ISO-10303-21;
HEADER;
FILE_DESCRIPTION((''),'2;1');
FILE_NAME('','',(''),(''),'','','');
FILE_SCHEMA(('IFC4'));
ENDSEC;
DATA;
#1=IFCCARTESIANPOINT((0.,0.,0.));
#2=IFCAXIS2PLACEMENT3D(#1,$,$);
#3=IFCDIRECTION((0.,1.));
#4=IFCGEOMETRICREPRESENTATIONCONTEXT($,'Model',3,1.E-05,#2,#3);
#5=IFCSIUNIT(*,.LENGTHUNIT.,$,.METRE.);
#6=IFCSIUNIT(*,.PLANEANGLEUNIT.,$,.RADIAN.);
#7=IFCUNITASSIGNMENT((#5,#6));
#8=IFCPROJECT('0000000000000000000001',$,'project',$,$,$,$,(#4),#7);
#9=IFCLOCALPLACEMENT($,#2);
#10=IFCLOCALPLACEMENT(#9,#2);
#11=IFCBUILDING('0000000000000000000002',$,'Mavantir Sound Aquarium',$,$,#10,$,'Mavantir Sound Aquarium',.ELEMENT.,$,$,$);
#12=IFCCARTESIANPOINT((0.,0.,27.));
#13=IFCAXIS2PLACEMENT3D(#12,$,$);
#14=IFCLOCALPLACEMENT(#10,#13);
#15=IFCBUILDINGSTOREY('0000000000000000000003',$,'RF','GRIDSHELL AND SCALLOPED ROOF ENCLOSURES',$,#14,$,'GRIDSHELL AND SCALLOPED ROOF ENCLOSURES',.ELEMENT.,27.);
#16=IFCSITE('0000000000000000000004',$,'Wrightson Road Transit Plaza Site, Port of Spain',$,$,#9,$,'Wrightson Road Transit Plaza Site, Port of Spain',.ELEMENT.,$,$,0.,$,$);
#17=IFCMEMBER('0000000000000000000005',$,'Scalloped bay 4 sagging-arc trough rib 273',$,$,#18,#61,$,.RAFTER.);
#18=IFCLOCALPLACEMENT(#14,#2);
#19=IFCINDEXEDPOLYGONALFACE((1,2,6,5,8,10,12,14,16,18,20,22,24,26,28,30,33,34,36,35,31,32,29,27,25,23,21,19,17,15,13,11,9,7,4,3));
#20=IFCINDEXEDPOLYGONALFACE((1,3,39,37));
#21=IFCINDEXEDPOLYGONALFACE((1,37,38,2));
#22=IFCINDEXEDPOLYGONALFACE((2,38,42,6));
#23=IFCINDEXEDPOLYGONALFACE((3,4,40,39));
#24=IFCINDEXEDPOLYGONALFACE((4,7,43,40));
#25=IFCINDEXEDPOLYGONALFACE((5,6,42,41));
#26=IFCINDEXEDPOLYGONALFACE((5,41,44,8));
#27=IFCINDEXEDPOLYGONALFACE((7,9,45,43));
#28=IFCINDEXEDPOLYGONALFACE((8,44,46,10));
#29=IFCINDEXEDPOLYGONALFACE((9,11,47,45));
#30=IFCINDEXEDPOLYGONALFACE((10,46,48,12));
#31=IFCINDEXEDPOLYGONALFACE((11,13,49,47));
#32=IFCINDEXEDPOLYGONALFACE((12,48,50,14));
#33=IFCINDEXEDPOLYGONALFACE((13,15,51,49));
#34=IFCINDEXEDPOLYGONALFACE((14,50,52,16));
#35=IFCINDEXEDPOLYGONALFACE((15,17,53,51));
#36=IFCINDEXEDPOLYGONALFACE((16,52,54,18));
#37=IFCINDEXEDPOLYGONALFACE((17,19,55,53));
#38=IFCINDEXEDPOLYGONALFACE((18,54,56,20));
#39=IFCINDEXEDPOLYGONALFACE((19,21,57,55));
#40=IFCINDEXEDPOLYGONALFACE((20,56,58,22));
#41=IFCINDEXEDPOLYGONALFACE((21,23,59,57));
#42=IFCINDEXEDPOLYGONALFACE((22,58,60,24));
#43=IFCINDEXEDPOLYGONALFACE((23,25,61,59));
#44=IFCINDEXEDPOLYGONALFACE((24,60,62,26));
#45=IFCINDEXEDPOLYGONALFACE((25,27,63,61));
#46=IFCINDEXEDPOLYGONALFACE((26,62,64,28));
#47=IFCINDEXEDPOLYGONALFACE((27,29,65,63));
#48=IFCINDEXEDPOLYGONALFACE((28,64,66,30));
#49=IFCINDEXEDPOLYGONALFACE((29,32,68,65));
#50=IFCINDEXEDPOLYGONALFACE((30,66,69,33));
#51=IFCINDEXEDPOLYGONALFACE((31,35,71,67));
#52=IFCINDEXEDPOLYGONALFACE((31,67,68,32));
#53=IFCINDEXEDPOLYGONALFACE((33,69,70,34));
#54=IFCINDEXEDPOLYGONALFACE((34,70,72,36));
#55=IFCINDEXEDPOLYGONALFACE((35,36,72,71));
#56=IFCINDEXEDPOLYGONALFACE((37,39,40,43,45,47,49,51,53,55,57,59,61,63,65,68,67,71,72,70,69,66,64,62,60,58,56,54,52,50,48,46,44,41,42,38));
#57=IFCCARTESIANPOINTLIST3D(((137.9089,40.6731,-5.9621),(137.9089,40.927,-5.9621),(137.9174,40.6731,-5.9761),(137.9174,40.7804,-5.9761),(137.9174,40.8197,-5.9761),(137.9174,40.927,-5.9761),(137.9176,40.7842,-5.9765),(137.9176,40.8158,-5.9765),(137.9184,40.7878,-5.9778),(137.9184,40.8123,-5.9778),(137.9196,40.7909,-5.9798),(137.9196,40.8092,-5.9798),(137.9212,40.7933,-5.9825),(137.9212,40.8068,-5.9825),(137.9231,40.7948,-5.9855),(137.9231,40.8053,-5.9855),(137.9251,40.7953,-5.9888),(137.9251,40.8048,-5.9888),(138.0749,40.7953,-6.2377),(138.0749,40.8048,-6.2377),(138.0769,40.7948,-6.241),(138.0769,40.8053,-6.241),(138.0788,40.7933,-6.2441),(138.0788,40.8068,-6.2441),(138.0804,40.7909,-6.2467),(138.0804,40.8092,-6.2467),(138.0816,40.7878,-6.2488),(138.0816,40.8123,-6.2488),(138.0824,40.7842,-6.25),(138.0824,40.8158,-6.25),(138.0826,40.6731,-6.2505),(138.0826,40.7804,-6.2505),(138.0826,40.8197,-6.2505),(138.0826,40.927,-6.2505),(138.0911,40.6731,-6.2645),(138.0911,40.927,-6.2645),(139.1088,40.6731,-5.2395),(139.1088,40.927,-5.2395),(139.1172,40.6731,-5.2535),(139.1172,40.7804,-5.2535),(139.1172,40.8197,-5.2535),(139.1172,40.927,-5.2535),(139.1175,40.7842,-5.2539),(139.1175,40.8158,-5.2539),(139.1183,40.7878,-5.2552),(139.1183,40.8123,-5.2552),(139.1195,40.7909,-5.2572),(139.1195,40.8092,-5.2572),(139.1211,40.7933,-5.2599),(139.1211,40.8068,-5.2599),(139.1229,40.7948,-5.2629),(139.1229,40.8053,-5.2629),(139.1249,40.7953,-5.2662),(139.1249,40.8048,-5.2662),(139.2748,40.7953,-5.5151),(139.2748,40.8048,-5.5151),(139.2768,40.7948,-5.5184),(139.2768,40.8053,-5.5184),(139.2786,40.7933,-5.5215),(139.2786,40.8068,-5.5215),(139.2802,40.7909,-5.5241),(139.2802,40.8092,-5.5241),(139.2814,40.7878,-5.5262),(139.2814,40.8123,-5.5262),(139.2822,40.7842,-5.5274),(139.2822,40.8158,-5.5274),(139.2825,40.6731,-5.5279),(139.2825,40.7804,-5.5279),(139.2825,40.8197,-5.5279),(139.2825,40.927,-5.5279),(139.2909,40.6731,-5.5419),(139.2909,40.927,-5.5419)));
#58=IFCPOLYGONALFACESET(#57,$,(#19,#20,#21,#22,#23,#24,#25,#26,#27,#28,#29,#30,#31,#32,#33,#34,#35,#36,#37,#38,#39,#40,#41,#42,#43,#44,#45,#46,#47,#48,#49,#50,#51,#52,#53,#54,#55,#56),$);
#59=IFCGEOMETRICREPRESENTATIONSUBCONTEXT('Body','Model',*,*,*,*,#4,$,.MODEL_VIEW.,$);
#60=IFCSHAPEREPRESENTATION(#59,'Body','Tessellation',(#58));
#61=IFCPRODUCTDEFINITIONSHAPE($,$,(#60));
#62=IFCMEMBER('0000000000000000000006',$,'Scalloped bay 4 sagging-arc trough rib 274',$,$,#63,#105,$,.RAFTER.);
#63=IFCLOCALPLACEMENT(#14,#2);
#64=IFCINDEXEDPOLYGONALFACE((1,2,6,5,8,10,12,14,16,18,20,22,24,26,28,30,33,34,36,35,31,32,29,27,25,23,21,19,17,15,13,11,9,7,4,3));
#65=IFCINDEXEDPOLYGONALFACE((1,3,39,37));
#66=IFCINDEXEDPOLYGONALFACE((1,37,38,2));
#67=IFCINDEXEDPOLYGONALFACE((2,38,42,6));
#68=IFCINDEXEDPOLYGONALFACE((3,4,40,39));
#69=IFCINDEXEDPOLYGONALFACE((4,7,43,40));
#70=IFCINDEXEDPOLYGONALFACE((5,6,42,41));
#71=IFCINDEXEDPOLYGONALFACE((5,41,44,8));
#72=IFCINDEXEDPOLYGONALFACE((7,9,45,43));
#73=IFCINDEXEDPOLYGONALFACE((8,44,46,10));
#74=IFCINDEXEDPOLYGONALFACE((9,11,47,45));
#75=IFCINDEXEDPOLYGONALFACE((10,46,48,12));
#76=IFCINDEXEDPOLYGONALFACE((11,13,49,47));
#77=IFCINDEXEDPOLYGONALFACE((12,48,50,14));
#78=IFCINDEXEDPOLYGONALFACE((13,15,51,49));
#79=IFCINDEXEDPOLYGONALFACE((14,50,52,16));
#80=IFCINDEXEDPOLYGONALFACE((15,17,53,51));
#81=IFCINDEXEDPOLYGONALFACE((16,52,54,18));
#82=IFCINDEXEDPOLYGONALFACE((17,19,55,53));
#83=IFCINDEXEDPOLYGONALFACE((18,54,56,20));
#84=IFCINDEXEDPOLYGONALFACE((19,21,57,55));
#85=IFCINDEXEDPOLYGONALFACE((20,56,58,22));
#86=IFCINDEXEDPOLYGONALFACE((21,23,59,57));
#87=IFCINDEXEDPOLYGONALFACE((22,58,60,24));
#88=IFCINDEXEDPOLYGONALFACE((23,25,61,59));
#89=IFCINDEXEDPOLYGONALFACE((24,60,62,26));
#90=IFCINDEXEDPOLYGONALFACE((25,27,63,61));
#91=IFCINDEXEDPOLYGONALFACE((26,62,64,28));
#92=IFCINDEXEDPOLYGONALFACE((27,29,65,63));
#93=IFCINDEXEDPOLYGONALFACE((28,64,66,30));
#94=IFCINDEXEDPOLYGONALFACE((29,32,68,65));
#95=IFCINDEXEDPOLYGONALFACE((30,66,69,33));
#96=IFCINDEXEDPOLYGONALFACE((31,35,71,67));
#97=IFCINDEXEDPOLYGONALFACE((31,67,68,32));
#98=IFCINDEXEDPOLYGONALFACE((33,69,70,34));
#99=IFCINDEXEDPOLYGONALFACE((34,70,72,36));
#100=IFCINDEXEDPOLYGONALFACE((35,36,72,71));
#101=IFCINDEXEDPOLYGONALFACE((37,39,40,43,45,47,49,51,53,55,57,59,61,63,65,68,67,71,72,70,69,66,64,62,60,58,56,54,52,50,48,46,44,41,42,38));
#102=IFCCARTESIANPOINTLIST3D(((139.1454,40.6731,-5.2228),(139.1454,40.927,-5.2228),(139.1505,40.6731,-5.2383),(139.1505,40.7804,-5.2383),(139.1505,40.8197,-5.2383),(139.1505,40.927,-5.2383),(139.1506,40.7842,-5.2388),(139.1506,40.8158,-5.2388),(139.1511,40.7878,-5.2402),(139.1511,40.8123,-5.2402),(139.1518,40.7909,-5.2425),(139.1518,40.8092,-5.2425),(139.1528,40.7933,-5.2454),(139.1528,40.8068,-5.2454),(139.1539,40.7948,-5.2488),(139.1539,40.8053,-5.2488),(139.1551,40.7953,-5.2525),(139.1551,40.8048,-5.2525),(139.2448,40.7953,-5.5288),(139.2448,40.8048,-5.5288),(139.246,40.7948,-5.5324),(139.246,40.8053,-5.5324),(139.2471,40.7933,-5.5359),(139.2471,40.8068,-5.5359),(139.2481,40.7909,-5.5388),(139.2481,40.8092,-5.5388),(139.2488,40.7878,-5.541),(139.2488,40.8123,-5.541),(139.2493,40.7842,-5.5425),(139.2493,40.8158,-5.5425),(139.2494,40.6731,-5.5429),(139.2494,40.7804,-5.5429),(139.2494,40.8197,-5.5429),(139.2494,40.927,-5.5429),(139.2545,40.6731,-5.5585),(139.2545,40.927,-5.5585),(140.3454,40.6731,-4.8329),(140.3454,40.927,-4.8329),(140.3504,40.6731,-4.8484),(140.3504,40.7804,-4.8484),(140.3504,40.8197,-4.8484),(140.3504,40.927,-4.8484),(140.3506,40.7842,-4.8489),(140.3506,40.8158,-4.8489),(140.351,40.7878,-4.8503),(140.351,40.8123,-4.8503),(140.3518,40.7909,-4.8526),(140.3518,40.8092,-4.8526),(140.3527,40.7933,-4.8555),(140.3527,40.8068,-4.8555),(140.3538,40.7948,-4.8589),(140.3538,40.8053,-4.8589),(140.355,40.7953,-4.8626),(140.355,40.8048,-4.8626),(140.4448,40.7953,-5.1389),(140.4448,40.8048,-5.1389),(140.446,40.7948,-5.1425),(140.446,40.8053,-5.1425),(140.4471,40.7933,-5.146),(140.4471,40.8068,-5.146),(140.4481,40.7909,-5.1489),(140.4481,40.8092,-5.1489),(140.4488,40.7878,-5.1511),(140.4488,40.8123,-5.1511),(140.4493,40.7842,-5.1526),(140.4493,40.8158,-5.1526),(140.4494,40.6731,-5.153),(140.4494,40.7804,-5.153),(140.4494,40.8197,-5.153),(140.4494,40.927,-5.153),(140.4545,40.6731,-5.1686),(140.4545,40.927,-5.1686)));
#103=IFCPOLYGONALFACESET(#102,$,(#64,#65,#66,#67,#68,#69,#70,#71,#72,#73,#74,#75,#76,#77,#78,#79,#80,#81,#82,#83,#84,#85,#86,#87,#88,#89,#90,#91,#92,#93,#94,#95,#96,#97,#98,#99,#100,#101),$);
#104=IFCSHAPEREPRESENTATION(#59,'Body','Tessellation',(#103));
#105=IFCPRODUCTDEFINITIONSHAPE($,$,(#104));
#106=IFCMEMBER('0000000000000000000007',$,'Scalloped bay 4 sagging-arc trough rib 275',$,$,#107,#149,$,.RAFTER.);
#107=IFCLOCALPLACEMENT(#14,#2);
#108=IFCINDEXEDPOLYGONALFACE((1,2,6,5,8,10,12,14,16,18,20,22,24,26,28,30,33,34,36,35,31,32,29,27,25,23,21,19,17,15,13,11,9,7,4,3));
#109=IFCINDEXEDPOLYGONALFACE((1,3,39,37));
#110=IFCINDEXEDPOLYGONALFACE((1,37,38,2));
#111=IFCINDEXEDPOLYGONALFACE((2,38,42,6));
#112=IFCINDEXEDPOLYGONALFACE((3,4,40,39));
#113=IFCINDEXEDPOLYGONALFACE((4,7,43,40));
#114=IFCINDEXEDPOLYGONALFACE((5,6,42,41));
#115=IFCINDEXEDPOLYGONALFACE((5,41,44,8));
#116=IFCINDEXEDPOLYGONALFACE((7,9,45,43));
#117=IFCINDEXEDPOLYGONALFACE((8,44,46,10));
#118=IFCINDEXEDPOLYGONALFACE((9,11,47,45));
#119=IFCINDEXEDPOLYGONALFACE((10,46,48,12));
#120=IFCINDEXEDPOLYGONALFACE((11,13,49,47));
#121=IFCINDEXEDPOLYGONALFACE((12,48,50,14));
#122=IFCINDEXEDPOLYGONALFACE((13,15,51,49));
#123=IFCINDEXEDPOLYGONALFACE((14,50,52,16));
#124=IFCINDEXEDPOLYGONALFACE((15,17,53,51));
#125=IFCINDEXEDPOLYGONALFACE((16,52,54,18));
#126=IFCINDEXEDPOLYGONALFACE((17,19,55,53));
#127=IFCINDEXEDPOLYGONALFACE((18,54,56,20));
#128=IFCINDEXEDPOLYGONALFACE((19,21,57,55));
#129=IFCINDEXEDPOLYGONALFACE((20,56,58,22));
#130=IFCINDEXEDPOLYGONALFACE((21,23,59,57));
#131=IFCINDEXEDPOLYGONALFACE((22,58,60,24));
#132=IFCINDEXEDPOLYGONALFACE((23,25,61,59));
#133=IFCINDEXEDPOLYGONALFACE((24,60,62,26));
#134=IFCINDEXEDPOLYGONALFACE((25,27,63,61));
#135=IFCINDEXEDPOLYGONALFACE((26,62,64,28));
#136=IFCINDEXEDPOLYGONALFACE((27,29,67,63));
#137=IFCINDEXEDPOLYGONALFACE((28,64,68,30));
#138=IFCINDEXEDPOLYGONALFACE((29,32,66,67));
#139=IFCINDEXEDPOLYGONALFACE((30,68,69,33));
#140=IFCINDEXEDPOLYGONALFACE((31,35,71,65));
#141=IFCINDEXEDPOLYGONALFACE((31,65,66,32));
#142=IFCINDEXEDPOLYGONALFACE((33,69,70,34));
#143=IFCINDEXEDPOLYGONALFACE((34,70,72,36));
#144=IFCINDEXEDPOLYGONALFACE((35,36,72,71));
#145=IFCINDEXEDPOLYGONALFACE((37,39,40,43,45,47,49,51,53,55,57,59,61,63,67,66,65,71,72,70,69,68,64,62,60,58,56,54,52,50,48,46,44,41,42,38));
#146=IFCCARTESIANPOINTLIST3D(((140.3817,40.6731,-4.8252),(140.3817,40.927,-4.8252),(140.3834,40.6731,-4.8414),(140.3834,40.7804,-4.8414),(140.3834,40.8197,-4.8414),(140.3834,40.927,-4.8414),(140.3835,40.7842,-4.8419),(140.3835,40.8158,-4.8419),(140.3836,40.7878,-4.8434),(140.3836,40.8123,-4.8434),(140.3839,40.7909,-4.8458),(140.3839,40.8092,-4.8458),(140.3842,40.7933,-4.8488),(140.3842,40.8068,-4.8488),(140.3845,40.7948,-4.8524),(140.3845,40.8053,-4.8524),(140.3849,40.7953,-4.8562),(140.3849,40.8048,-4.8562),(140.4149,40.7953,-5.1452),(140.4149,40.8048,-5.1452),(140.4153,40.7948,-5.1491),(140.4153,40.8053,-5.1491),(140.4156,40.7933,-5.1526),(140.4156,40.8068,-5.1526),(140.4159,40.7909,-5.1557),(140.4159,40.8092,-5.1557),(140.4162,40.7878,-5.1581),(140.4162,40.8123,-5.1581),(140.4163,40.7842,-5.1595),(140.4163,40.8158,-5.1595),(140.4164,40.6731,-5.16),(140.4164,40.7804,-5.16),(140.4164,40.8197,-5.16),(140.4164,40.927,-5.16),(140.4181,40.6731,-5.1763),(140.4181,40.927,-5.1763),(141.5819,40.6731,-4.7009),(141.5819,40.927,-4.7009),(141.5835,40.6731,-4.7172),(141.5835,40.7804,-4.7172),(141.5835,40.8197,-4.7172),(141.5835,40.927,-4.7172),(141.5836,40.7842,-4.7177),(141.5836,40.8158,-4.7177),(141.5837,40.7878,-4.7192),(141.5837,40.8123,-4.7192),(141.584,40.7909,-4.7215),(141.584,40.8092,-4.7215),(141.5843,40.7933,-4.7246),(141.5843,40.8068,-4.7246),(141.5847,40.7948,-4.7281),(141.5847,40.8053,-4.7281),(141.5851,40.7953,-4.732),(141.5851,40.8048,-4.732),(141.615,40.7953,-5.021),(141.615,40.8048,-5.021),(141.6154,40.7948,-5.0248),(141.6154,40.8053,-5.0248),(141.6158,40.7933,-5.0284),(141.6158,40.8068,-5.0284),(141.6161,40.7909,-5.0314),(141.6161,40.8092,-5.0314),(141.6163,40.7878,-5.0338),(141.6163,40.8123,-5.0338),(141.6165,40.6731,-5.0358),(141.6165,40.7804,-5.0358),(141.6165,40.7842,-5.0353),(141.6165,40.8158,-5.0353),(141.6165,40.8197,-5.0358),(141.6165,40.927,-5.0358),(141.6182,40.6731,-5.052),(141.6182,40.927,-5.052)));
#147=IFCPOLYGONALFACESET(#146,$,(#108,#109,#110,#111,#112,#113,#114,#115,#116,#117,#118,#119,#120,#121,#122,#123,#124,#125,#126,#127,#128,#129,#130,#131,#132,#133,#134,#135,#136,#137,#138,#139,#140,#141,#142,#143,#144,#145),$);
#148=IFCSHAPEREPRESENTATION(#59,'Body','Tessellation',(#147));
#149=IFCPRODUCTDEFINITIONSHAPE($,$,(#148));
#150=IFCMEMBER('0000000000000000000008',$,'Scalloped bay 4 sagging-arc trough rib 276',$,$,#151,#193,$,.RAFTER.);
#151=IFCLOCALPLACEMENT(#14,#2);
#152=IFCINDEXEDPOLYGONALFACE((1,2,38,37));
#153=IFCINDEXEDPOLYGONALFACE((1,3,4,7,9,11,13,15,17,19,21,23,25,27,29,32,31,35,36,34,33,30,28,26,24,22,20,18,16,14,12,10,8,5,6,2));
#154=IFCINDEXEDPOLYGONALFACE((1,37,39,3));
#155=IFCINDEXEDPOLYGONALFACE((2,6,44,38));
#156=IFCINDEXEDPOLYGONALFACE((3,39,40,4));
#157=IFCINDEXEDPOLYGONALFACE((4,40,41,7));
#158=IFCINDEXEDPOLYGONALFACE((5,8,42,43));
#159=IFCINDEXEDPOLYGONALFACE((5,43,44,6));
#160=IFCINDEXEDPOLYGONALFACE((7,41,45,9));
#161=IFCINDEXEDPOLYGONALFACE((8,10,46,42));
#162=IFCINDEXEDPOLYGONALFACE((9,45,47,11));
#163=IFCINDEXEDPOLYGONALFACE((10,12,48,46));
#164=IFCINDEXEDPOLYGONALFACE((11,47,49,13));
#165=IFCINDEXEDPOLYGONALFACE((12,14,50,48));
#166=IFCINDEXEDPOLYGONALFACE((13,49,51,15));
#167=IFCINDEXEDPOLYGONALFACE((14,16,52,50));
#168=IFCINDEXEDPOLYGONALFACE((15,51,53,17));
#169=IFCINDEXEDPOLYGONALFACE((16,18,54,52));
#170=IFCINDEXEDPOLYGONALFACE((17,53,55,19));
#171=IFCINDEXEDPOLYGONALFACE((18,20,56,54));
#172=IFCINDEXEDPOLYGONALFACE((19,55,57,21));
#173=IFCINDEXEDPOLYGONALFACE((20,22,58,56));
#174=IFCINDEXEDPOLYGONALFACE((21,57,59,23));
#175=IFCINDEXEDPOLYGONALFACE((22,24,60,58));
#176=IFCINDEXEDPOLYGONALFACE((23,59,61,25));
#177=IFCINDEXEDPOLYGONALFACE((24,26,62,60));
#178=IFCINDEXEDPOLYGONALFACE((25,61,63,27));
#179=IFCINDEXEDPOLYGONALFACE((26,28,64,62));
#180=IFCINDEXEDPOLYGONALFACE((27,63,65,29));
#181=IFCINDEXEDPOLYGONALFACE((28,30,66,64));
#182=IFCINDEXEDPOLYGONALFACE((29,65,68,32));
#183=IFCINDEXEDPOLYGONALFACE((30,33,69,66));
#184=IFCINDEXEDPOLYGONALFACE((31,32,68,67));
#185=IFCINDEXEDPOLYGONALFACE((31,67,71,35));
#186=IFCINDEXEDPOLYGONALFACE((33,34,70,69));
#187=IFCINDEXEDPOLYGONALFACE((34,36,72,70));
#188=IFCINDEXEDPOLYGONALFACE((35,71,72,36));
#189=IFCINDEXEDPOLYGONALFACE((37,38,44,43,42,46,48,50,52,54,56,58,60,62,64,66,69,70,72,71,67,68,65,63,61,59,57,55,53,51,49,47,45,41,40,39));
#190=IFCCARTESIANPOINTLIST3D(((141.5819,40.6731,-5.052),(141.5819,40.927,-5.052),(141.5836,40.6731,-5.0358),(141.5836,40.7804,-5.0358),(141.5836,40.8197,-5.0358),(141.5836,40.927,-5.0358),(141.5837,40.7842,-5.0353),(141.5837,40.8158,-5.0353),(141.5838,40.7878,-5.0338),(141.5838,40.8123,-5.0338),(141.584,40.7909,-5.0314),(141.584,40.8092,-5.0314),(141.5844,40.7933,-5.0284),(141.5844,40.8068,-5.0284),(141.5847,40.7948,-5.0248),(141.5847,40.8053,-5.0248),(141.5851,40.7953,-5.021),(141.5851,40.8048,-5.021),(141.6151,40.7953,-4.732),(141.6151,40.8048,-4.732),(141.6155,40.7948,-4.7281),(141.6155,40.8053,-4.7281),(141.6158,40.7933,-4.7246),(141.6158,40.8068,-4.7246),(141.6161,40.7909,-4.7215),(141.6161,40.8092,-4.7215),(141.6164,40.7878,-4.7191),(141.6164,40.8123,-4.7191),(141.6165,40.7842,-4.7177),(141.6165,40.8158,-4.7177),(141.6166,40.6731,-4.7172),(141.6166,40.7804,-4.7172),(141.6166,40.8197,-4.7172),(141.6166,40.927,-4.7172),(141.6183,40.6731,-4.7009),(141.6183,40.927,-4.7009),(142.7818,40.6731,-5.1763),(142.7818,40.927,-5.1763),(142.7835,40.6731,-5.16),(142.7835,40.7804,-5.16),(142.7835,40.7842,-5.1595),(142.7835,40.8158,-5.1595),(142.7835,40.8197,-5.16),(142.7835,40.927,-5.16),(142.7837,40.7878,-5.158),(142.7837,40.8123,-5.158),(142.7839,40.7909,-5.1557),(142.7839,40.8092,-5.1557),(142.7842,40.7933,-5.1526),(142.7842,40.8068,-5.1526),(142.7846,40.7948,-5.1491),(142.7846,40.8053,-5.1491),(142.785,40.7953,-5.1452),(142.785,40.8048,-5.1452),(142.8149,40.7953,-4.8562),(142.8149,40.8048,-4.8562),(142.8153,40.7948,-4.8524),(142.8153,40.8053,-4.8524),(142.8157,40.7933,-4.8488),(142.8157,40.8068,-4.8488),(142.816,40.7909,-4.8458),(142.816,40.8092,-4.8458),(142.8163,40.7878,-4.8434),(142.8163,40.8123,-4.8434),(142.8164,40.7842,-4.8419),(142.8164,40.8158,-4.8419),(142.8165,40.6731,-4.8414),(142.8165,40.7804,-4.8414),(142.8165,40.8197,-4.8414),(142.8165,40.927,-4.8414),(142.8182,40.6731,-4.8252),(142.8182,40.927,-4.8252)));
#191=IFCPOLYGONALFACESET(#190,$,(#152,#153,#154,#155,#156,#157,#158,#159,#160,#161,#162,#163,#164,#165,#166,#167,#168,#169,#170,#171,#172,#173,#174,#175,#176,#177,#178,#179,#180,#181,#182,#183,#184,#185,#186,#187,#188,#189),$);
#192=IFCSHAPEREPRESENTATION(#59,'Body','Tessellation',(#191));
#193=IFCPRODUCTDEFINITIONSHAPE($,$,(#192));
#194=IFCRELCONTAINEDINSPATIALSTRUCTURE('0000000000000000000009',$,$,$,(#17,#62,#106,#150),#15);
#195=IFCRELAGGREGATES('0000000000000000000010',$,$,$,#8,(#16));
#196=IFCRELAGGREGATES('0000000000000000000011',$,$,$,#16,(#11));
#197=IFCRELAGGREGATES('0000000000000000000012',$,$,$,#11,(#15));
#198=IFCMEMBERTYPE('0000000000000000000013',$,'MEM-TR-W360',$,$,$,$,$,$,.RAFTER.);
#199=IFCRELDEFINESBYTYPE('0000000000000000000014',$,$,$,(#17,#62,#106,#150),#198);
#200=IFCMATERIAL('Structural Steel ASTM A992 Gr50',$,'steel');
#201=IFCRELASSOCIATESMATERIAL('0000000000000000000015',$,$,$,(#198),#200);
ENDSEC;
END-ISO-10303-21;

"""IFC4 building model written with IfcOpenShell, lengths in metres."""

from ifc_helpers import new_model, si_unit, direction, frame, origin, origin_2d, place, context, subcontext, project, spatial, i_section, extrude, material, material_profile, profile_set, type_object, element, save


model = new_model("IFC4")

# Units and contexts
model_context = context("Model", 3, precision=1e-05, world=origin(), true_north=direction((0.0, 1.0)))
body_context = subcontext(model_context, "Body", "Model", "MODEL_VIEW")
ifc_project = project(units=[si_unit("LENGTHUNIT", "METRE"), si_unit("PLANEANGLEUNIT", "RADIAN")], contexts=[model_context])

# Site, building, storey
site_placement = place(None, origin())
site = spatial("IfcSite", under=ifc_project, at=site_placement, Name="Wrightson Road Transit Plaza Site, Port of Spain", LongName="Wrightson Road Transit Plaza Site, Port of Spain", CompositionType="ELEMENT", RefElevation=0.0)
building_placement = place(site_placement, origin())
building = spatial("IfcBuilding", under=site, at=building_placement, Name="Mavantir Sound Aquarium", LongName="Mavantir Sound Aquarium", CompositionType="ELEMENT")
storey_placement = place(building_placement, frame((0.0, 0.0, 27.0)))
storey = spatial("IfcBuildingStorey", under=building, at=storey_placement, Name="RF", Description="GRIDSHELL AND SCALLOPED ROOF ENCLOSURES", LongName="GRIDSHELL AND SCALLOPED ROOF ENCLOSURES", CompositionType="ELEMENT", Elevation=27.0)

# Shared definitions
ifc_material_1 = material(Name="Structural Steel ASTM A992 Gr50", Category="steel")

# Members
ifc_material_profile_1 = material_profile(ifc_material_1, i_section(OverallWidth=0.2539, OverallDepth=0.353, WebThickness=0.0095, FlangeThickness=0.0164, FilletRadius=0.0149, at=origin_2d()), Name="W360X91")
ifc_profile_set_1 = profile_set([ifc_material_profile_1], Name="Structural Steel ASTM A992 Gr50")
member_type_1 = type_object("IfcMemberType", Name="MEM-TR-W360", PredefinedType="RAFTER", material=ifc_profile_set_1)
member_1_placement = place(storey_placement, frame((138.0, 40.8, -6.1133), z_axis=(0.856646, 0.0, 0.515905), x_axis=(0.0, 1.0, 0.0)))
element("IfcMember", 1, at=member_1_placement, inside=storey, type_object=member_type_1, Name="Scalloped bay 4 sagging-arc trough rib 273", PredefinedType="RAFTER", context=body_context, shape_type="SweptSolid", body=[
    extrude(i_section(OverallWidth=0.2539, OverallDepth=0.353, WebThickness=0.0095, FlangeThickness=0.0164, FilletRadius=0.0149, at=origin_2d()), origin(), (0.0, 0.0, 1.0), 1.4006),
])
member_2_placement = place(storey_placement, frame((139.2, 40.8, -5.3906), z_axis=(0.951055, 0.0, 0.30902), x_axis=(0.0, 1.0, 0.0)))
element("IfcMember", 2, at=member_2_placement, inside=storey, type_object=member_type_1, Name="Scalloped bay 4 sagging-arc trough rib 274", PredefinedType="RAFTER", context=body_context, shape_type="SweptSolid", body=[
    extrude(i_section(OverallWidth=0.2539, OverallDepth=0.353, WebThickness=0.0095, FlangeThickness=0.0164, FilletRadius=0.0149, at=origin_2d()), origin(), (0.0, 0.0, 1.0), 1.2617),
])
member_3_placement = place(storey_placement, frame((140.3999, 40.8, -5.0007), z_axis=(0.994683, 0.0, 0.102989), x_axis=(0.0, 1.0, 0.0)))
element("IfcMember", 3, at=member_3_placement, inside=storey, type_object=member_type_1, Name="Scalloped bay 4 sagging-arc trough rib 275", PredefinedType="RAFTER", context=body_context, shape_type="SweptSolid", body=[
    extrude(i_section(OverallWidth=0.2539, OverallDepth=0.353, WebThickness=0.0095, FlangeThickness=0.0164, FilletRadius=0.0149, at=origin_2d()), origin(), (0.0, 0.0, 1.0), 1.2065),
])
member_4_placement = place(storey_placement, frame((141.6001, 40.8, -4.8765), z_axis=(0.99468, 0.0, -0.10301), x_axis=(0.0, 1.0, 0.0)))
element("IfcMember", 4, at=member_4_placement, inside=storey, type_object=member_type_1, Name="Scalloped bay 4 sagging-arc trough rib 276", PredefinedType="RAFTER", context=body_context, shape_type="SweptSolid", body=[
    extrude(i_section(OverallWidth=0.2539, OverallDepth=0.353, WebThickness=0.0095, FlangeThickness=0.0164, FilletRadius=0.0149, at=origin_2d()), origin(), (0.0, 0.0, 1.0), 1.2063),
])

save(model, "model.ifc")
